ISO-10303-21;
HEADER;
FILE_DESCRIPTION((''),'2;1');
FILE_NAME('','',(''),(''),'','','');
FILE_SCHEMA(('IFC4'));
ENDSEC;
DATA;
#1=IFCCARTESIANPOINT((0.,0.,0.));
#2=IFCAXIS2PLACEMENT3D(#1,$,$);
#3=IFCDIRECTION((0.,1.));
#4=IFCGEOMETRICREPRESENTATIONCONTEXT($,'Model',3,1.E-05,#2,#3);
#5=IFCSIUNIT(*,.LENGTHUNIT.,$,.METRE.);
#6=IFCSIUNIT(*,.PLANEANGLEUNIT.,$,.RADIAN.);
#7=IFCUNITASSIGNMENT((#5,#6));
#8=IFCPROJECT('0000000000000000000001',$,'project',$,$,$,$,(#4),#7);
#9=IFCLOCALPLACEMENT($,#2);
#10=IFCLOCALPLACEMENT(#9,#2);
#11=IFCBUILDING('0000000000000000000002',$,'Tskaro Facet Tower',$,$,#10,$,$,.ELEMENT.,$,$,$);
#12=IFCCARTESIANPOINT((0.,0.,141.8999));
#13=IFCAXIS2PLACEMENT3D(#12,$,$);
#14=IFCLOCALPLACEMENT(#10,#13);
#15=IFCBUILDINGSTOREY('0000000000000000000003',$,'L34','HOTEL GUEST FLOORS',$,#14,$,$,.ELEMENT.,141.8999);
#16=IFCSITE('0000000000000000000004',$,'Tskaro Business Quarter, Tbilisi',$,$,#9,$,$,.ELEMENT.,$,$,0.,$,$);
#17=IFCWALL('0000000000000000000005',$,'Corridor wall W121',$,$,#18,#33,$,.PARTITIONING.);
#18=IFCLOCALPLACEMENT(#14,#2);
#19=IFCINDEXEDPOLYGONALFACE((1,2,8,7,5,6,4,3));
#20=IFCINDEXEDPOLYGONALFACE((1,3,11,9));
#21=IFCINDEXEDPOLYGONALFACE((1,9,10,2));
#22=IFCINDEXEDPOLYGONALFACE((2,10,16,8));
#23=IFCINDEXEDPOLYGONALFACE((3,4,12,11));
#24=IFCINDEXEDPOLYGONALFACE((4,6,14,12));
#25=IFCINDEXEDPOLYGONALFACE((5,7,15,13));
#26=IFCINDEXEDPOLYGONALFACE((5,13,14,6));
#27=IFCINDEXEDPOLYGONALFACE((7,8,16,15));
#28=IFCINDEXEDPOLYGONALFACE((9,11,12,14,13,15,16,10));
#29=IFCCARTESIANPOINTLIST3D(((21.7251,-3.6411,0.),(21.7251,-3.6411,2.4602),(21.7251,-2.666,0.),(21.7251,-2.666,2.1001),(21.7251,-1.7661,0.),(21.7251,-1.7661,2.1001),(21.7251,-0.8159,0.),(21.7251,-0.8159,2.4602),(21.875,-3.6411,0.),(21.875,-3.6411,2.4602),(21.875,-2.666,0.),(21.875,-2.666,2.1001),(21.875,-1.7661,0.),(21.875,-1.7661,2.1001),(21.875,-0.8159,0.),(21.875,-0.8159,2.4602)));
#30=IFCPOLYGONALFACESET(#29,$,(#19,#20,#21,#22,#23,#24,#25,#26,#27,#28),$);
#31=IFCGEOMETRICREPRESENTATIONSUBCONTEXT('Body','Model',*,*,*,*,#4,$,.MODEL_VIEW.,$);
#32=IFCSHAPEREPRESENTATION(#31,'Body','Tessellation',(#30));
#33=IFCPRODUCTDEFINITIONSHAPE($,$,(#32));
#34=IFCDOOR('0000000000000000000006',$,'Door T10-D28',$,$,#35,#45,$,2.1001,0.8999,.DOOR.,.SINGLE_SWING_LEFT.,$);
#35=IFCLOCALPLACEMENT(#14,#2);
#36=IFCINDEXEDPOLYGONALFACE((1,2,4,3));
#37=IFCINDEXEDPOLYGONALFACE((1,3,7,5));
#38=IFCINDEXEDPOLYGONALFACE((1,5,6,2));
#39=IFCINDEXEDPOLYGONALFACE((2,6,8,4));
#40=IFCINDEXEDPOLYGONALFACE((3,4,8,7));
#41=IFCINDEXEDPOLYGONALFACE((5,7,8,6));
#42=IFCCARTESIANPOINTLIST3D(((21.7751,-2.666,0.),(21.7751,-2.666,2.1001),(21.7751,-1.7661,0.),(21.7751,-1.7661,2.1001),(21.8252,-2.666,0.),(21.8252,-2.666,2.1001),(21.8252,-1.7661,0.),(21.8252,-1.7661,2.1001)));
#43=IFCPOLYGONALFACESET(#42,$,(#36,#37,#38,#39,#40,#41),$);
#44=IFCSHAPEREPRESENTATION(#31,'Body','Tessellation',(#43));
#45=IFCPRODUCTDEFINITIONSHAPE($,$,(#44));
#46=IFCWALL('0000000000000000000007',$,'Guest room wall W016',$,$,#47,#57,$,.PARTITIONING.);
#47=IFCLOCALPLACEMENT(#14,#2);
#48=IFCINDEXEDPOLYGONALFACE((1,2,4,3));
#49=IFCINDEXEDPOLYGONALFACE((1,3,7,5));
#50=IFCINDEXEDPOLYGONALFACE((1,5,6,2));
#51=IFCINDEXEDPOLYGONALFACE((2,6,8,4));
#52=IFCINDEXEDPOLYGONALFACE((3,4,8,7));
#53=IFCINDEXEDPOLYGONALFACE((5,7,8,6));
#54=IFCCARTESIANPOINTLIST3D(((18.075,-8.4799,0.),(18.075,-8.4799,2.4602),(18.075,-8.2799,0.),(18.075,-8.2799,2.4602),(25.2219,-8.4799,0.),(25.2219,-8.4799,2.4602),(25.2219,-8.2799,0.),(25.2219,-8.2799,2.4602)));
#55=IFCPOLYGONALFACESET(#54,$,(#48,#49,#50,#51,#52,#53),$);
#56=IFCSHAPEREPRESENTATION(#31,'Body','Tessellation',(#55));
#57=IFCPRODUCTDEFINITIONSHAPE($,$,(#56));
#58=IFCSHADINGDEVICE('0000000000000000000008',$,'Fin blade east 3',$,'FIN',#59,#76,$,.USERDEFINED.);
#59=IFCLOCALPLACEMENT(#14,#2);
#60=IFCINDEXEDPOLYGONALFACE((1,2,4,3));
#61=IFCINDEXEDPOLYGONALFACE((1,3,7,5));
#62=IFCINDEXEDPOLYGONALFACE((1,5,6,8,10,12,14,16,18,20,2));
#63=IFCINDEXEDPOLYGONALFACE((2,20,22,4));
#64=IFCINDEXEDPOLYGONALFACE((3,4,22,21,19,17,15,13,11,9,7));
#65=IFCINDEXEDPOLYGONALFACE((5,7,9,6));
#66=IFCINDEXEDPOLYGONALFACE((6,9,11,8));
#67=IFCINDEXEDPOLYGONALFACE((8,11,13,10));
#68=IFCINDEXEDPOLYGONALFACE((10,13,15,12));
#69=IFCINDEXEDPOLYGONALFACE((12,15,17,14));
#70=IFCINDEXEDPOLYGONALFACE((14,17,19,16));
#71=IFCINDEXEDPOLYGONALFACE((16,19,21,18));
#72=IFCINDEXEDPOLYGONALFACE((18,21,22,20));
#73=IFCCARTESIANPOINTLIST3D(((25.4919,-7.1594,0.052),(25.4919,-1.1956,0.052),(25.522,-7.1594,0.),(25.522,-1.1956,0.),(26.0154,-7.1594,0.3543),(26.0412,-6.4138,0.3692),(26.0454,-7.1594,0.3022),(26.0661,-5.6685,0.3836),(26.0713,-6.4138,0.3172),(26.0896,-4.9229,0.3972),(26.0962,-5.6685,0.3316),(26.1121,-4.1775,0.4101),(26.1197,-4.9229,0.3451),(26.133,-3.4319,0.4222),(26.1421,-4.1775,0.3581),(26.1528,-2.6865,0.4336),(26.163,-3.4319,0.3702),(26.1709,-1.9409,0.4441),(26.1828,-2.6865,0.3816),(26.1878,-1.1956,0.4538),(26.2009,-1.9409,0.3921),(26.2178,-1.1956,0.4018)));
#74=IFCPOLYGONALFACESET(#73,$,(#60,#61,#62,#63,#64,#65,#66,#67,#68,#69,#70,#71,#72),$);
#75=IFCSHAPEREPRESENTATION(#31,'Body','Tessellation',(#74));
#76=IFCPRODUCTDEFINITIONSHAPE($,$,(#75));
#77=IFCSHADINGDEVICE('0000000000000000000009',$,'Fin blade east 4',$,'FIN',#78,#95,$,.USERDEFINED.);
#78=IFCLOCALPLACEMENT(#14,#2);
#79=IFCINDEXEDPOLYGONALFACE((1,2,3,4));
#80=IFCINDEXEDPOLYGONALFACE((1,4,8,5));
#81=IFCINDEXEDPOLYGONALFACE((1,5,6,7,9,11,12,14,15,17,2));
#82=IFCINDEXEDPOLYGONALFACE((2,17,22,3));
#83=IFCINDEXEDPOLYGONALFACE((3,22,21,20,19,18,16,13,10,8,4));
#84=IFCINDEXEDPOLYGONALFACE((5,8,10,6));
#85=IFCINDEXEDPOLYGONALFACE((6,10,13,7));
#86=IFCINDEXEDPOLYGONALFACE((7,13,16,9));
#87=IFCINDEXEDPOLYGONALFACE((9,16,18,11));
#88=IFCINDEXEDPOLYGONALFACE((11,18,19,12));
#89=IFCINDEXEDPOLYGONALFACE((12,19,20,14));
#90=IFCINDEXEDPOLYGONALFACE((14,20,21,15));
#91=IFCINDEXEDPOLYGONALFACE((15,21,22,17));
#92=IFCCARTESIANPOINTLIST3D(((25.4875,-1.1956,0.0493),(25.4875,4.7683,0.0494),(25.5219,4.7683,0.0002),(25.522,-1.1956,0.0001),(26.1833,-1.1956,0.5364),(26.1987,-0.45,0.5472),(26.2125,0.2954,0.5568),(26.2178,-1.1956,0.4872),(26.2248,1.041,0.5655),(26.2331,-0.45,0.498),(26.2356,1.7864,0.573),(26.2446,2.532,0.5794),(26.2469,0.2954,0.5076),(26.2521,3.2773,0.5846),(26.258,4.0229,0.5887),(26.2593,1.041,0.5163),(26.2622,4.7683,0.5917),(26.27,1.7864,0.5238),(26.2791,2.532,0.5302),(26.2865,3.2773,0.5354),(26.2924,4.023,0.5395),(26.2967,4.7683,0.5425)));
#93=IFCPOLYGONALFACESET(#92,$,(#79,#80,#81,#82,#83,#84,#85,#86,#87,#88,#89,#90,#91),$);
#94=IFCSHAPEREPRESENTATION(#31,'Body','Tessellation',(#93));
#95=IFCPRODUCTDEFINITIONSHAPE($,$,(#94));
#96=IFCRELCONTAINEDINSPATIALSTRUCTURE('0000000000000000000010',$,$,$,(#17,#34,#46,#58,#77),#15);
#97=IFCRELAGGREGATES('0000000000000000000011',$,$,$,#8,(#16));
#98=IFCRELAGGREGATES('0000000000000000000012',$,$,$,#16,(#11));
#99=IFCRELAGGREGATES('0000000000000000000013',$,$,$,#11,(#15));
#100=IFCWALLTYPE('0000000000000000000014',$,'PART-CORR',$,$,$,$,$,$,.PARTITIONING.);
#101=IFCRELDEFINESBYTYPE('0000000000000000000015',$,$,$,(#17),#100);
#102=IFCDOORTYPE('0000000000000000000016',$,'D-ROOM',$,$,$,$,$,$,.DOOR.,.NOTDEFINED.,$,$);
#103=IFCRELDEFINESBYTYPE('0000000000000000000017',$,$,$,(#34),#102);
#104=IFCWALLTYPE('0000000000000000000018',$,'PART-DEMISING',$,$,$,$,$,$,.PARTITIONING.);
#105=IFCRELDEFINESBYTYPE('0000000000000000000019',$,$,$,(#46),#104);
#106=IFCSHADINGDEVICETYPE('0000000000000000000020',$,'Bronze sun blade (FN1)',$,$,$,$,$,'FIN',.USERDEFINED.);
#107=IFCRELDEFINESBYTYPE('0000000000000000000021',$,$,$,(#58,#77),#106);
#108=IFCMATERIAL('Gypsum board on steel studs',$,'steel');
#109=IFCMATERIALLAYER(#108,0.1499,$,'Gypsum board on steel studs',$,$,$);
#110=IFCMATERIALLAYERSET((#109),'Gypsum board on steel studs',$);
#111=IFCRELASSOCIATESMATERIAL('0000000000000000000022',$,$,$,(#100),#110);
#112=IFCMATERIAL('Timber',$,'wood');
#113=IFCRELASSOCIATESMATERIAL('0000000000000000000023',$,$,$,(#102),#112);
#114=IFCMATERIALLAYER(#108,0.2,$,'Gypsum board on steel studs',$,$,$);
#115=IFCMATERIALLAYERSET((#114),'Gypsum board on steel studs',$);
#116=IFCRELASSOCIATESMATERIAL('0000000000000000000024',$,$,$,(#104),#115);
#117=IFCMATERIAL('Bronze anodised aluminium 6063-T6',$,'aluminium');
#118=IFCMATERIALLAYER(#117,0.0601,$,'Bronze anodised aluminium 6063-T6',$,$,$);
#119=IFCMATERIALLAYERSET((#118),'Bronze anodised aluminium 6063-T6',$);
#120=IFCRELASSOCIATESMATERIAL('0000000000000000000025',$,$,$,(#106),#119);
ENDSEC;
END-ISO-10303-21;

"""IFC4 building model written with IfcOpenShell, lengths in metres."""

from ifc_helpers import new_model, si_unit, direction, frame, frame_2d, origin, place, context, subcontext, project, spatial, polyline, rectangle, outline, extrude, material, layer, layer_set, type_object, element, fill, save


model = new_model("IFC4")

# Units and contexts
model_context = context("Model", 3, precision=1e-05, world=origin(), true_north=direction((0.0, 1.0)))
body_context = subcontext(model_context, "Body", "Model", "MODEL_VIEW")
ifc_project = project(units=[si_unit("LENGTHUNIT", "METRE"), si_unit("PLANEANGLEUNIT", "RADIAN")], contexts=[model_context])

# Site, building, storey
site_placement = place(None, origin())
site = spatial("IfcSite", under=ifc_project, at=site_placement, Name="Tskaro Business Quarter, Tbilisi", CompositionType="ELEMENT", RefElevation=0.0)
building_placement = place(site_placement, origin())
building = spatial("IfcBuilding", under=site, at=building_placement, Name="Tskaro Facet Tower", CompositionType="ELEMENT")
storey_placement = place(building_placement, frame((0.0, 0.0, 141.8999)))
storey = spatial("IfcBuildingStorey", under=building, at=storey_placement, Name="L34", Description="HOTEL GUEST FLOORS", CompositionType="ELEMENT", Elevation=141.8999)

# Shared definitions
ifc_material_1 = material(Name="Bronze anodised aluminium 6063-T6", Category="aluminium")

# Shared definitions
ifc_material_2 = material(Name="Gypsum board on steel studs", Category="steel")
ifc_layer_1 = layer(ifc_material_2, 0.1499, Name="Gypsum board on steel studs")
ifc_layer_set_1 = layer_set([ifc_layer_1], Name="Gypsum board on steel studs")
wall_type_1 = type_object("IfcWallType", Name="PART-CORR", PredefinedType="PARTITIONING", material=ifc_layer_set_1)
ifc_material_3 = material(Name="Timber", Category="wood")
door_type = type_object("IfcDoorType", Name="D-ROOM", OperationType="NOTDEFINED", PredefinedType="DOOR", material=ifc_material_3)

# Wall, opening, door
wall_1_placement = place(storey_placement, frame((21.8, -3.6411, 0.0), z_axis=(0.0, 0.0, 1.0), x_axis=(0.0, 1.0, 0.0)))
wall_1 = element("IfcWall", 1, at=wall_1_placement, inside=storey, type_object=wall_type_1, Name="Corridor wall W121", PredefinedType="PARTITIONING", context=body_context, shape_type="SweptSolid", body=[
    extrude(rectangle(XDim=2.8252, YDim=0.1499, at=frame_2d((1.4126, 0.0))), origin(), (0.0, 0.0, 1.0), 2.4602),
])
opening_1_placement = place(wall_1_placement, frame((0.9751, 0.0, 0.0)))
opening_1 = element("IfcOpeningElement", 2, at=opening_1_placement, cuts=wall_1, PredefinedType="OPENING", context=body_context, shape_type="SweptSolid", body=[
    extrude(rectangle(XDim=0.8999, YDim=2.1001, at=frame_2d((0.45, 1.05))), frame((0.0, 0.085, 0.0), z_axis=(0.0, -1.0, 0.0), x_axis=(1.0, 0.0, 0.0)), (0.0, 0.0, 1.0), 0.1699),
])
door_1_placement = place(opening_1_placement, origin())
door_1 = element("IfcDoor", 3, at=door_1_placement, inside=storey, type_object=door_type, Name="Door T10-D28", OperationType="SINGLE_SWING_LEFT", OverallHeight=2.1001, OverallWidth=0.8999, PredefinedType="DOOR", context=body_context, shape_type="SweptSolid", body=[
    extrude(rectangle(XDim=0.8999, YDim=2.1001, at=frame_2d((0.45, 1.05))), frame((0.0, 0.0249, 0.0), z_axis=(0.0, -1.0, 0.0), x_axis=(1.0, 0.0, 0.0)), (0.0, 0.0, 1.0), 0.05),
])
fill(opening_1, door_1)

# Wall
ifc_layer_2 = layer(ifc_material_2, 0.2, Name="Gypsum board on steel studs")
ifc_layer_set_2 = layer_set([ifc_layer_2], Name="Gypsum board on steel studs")
wall_type_2 = type_object("IfcWallType", Name="PART-DEMISING", PredefinedType="PARTITIONING", material=ifc_layer_set_2)
wall_2_placement = place(storey_placement, frame((18.075, -8.3799, 0.0), z_axis=(0.0, 0.0, 1.0), x_axis=(1.0, 0.0, 0.0)))
element("IfcWall", 4, at=wall_2_placement, inside=storey, type_object=wall_type_2, Name="Guest room wall W016", PredefinedType="PARTITIONING", context=body_context, shape_type="SweptSolid", body=[
    extrude(rectangle(XDim=7.147, YDim=0.2, at=frame_2d((3.5735, 0.0))), origin(), (0.0, 0.0, 1.0), 2.4602),
])

# Shading devices
ifc_layer_3 = layer(ifc_material_1, 0.0601, Name="Bronze anodised aluminium 6063-T6")
ifc_layer_set_3 = layer_set([ifc_layer_3], Name="Bronze anodised aluminium 6063-T6")
shading_device_type = type_object("IfcShadingDeviceType", Name="Bronze sun blade (FN1)", ElementType="FIN", PredefinedType="USERDEFINED", material=ifc_layer_set_3)
shading_device_1_placement = place(storey_placement, frame((25.4919, -7.1594, 0.052), z_axis=(-0.500063, -0.000006, 0.865989), x_axis=(-0.000003, 1.0, 0.000005)))
element("IfcShadingDevice", 5, at=shading_device_1_placement, inside=storey, type_object=shading_device_type, Name="Fin blade east 3", ObjectType="FIN", PredefinedType="USERDEFINED", context=body_context, shape_type="SweptSolid", body=[
    extrude(outline(polyline([(0.0, 0.0), (5.9639, 0.0), (5.9639, -0.8035), (5.2185, -0.784), (4.4729, -0.7631), (3.7275, -0.7403), (2.9819, -0.7161), (2.2366, -0.6902), (1.491, -0.6631), (0.7456, -0.6343), (0.0, -0.6044), (0.0, 0.0)])), origin(), (0.0, 0.0, -1.0), 0.0601),
])
shading_device_2_placement = place(storey_placement, frame((25.4875, -1.1956, 0.0493), z_axis=(-0.573484, -0.000015, 0.819217), x_axis=(-0.000009, 1.0, 0.000012)))
element("IfcShadingDevice", 6, at=shading_device_2_placement, inside=storey, type_object=shading_device_type, Name="Fin blade east 4", ObjectType="FIN", PredefinedType="USERDEFINED", context=body_context, shape_type="SweptSolid", body=[
    extrude(outline(polyline([(0.0, 0.0), (5.9639, 0.0), (5.9639, -0.9457), (5.2185, -0.9405), (4.4729, -0.9333), (3.7275, -0.9242), (2.9819, -0.9131), (2.2366, -0.9), (1.491, -0.8849), (0.7456, -0.8681), (0.0, -0.8493), (0.0, 0.0)])), origin(), (0.0, 0.0, -1.0), 0.0601),
])

save(model, "model.ifc")
